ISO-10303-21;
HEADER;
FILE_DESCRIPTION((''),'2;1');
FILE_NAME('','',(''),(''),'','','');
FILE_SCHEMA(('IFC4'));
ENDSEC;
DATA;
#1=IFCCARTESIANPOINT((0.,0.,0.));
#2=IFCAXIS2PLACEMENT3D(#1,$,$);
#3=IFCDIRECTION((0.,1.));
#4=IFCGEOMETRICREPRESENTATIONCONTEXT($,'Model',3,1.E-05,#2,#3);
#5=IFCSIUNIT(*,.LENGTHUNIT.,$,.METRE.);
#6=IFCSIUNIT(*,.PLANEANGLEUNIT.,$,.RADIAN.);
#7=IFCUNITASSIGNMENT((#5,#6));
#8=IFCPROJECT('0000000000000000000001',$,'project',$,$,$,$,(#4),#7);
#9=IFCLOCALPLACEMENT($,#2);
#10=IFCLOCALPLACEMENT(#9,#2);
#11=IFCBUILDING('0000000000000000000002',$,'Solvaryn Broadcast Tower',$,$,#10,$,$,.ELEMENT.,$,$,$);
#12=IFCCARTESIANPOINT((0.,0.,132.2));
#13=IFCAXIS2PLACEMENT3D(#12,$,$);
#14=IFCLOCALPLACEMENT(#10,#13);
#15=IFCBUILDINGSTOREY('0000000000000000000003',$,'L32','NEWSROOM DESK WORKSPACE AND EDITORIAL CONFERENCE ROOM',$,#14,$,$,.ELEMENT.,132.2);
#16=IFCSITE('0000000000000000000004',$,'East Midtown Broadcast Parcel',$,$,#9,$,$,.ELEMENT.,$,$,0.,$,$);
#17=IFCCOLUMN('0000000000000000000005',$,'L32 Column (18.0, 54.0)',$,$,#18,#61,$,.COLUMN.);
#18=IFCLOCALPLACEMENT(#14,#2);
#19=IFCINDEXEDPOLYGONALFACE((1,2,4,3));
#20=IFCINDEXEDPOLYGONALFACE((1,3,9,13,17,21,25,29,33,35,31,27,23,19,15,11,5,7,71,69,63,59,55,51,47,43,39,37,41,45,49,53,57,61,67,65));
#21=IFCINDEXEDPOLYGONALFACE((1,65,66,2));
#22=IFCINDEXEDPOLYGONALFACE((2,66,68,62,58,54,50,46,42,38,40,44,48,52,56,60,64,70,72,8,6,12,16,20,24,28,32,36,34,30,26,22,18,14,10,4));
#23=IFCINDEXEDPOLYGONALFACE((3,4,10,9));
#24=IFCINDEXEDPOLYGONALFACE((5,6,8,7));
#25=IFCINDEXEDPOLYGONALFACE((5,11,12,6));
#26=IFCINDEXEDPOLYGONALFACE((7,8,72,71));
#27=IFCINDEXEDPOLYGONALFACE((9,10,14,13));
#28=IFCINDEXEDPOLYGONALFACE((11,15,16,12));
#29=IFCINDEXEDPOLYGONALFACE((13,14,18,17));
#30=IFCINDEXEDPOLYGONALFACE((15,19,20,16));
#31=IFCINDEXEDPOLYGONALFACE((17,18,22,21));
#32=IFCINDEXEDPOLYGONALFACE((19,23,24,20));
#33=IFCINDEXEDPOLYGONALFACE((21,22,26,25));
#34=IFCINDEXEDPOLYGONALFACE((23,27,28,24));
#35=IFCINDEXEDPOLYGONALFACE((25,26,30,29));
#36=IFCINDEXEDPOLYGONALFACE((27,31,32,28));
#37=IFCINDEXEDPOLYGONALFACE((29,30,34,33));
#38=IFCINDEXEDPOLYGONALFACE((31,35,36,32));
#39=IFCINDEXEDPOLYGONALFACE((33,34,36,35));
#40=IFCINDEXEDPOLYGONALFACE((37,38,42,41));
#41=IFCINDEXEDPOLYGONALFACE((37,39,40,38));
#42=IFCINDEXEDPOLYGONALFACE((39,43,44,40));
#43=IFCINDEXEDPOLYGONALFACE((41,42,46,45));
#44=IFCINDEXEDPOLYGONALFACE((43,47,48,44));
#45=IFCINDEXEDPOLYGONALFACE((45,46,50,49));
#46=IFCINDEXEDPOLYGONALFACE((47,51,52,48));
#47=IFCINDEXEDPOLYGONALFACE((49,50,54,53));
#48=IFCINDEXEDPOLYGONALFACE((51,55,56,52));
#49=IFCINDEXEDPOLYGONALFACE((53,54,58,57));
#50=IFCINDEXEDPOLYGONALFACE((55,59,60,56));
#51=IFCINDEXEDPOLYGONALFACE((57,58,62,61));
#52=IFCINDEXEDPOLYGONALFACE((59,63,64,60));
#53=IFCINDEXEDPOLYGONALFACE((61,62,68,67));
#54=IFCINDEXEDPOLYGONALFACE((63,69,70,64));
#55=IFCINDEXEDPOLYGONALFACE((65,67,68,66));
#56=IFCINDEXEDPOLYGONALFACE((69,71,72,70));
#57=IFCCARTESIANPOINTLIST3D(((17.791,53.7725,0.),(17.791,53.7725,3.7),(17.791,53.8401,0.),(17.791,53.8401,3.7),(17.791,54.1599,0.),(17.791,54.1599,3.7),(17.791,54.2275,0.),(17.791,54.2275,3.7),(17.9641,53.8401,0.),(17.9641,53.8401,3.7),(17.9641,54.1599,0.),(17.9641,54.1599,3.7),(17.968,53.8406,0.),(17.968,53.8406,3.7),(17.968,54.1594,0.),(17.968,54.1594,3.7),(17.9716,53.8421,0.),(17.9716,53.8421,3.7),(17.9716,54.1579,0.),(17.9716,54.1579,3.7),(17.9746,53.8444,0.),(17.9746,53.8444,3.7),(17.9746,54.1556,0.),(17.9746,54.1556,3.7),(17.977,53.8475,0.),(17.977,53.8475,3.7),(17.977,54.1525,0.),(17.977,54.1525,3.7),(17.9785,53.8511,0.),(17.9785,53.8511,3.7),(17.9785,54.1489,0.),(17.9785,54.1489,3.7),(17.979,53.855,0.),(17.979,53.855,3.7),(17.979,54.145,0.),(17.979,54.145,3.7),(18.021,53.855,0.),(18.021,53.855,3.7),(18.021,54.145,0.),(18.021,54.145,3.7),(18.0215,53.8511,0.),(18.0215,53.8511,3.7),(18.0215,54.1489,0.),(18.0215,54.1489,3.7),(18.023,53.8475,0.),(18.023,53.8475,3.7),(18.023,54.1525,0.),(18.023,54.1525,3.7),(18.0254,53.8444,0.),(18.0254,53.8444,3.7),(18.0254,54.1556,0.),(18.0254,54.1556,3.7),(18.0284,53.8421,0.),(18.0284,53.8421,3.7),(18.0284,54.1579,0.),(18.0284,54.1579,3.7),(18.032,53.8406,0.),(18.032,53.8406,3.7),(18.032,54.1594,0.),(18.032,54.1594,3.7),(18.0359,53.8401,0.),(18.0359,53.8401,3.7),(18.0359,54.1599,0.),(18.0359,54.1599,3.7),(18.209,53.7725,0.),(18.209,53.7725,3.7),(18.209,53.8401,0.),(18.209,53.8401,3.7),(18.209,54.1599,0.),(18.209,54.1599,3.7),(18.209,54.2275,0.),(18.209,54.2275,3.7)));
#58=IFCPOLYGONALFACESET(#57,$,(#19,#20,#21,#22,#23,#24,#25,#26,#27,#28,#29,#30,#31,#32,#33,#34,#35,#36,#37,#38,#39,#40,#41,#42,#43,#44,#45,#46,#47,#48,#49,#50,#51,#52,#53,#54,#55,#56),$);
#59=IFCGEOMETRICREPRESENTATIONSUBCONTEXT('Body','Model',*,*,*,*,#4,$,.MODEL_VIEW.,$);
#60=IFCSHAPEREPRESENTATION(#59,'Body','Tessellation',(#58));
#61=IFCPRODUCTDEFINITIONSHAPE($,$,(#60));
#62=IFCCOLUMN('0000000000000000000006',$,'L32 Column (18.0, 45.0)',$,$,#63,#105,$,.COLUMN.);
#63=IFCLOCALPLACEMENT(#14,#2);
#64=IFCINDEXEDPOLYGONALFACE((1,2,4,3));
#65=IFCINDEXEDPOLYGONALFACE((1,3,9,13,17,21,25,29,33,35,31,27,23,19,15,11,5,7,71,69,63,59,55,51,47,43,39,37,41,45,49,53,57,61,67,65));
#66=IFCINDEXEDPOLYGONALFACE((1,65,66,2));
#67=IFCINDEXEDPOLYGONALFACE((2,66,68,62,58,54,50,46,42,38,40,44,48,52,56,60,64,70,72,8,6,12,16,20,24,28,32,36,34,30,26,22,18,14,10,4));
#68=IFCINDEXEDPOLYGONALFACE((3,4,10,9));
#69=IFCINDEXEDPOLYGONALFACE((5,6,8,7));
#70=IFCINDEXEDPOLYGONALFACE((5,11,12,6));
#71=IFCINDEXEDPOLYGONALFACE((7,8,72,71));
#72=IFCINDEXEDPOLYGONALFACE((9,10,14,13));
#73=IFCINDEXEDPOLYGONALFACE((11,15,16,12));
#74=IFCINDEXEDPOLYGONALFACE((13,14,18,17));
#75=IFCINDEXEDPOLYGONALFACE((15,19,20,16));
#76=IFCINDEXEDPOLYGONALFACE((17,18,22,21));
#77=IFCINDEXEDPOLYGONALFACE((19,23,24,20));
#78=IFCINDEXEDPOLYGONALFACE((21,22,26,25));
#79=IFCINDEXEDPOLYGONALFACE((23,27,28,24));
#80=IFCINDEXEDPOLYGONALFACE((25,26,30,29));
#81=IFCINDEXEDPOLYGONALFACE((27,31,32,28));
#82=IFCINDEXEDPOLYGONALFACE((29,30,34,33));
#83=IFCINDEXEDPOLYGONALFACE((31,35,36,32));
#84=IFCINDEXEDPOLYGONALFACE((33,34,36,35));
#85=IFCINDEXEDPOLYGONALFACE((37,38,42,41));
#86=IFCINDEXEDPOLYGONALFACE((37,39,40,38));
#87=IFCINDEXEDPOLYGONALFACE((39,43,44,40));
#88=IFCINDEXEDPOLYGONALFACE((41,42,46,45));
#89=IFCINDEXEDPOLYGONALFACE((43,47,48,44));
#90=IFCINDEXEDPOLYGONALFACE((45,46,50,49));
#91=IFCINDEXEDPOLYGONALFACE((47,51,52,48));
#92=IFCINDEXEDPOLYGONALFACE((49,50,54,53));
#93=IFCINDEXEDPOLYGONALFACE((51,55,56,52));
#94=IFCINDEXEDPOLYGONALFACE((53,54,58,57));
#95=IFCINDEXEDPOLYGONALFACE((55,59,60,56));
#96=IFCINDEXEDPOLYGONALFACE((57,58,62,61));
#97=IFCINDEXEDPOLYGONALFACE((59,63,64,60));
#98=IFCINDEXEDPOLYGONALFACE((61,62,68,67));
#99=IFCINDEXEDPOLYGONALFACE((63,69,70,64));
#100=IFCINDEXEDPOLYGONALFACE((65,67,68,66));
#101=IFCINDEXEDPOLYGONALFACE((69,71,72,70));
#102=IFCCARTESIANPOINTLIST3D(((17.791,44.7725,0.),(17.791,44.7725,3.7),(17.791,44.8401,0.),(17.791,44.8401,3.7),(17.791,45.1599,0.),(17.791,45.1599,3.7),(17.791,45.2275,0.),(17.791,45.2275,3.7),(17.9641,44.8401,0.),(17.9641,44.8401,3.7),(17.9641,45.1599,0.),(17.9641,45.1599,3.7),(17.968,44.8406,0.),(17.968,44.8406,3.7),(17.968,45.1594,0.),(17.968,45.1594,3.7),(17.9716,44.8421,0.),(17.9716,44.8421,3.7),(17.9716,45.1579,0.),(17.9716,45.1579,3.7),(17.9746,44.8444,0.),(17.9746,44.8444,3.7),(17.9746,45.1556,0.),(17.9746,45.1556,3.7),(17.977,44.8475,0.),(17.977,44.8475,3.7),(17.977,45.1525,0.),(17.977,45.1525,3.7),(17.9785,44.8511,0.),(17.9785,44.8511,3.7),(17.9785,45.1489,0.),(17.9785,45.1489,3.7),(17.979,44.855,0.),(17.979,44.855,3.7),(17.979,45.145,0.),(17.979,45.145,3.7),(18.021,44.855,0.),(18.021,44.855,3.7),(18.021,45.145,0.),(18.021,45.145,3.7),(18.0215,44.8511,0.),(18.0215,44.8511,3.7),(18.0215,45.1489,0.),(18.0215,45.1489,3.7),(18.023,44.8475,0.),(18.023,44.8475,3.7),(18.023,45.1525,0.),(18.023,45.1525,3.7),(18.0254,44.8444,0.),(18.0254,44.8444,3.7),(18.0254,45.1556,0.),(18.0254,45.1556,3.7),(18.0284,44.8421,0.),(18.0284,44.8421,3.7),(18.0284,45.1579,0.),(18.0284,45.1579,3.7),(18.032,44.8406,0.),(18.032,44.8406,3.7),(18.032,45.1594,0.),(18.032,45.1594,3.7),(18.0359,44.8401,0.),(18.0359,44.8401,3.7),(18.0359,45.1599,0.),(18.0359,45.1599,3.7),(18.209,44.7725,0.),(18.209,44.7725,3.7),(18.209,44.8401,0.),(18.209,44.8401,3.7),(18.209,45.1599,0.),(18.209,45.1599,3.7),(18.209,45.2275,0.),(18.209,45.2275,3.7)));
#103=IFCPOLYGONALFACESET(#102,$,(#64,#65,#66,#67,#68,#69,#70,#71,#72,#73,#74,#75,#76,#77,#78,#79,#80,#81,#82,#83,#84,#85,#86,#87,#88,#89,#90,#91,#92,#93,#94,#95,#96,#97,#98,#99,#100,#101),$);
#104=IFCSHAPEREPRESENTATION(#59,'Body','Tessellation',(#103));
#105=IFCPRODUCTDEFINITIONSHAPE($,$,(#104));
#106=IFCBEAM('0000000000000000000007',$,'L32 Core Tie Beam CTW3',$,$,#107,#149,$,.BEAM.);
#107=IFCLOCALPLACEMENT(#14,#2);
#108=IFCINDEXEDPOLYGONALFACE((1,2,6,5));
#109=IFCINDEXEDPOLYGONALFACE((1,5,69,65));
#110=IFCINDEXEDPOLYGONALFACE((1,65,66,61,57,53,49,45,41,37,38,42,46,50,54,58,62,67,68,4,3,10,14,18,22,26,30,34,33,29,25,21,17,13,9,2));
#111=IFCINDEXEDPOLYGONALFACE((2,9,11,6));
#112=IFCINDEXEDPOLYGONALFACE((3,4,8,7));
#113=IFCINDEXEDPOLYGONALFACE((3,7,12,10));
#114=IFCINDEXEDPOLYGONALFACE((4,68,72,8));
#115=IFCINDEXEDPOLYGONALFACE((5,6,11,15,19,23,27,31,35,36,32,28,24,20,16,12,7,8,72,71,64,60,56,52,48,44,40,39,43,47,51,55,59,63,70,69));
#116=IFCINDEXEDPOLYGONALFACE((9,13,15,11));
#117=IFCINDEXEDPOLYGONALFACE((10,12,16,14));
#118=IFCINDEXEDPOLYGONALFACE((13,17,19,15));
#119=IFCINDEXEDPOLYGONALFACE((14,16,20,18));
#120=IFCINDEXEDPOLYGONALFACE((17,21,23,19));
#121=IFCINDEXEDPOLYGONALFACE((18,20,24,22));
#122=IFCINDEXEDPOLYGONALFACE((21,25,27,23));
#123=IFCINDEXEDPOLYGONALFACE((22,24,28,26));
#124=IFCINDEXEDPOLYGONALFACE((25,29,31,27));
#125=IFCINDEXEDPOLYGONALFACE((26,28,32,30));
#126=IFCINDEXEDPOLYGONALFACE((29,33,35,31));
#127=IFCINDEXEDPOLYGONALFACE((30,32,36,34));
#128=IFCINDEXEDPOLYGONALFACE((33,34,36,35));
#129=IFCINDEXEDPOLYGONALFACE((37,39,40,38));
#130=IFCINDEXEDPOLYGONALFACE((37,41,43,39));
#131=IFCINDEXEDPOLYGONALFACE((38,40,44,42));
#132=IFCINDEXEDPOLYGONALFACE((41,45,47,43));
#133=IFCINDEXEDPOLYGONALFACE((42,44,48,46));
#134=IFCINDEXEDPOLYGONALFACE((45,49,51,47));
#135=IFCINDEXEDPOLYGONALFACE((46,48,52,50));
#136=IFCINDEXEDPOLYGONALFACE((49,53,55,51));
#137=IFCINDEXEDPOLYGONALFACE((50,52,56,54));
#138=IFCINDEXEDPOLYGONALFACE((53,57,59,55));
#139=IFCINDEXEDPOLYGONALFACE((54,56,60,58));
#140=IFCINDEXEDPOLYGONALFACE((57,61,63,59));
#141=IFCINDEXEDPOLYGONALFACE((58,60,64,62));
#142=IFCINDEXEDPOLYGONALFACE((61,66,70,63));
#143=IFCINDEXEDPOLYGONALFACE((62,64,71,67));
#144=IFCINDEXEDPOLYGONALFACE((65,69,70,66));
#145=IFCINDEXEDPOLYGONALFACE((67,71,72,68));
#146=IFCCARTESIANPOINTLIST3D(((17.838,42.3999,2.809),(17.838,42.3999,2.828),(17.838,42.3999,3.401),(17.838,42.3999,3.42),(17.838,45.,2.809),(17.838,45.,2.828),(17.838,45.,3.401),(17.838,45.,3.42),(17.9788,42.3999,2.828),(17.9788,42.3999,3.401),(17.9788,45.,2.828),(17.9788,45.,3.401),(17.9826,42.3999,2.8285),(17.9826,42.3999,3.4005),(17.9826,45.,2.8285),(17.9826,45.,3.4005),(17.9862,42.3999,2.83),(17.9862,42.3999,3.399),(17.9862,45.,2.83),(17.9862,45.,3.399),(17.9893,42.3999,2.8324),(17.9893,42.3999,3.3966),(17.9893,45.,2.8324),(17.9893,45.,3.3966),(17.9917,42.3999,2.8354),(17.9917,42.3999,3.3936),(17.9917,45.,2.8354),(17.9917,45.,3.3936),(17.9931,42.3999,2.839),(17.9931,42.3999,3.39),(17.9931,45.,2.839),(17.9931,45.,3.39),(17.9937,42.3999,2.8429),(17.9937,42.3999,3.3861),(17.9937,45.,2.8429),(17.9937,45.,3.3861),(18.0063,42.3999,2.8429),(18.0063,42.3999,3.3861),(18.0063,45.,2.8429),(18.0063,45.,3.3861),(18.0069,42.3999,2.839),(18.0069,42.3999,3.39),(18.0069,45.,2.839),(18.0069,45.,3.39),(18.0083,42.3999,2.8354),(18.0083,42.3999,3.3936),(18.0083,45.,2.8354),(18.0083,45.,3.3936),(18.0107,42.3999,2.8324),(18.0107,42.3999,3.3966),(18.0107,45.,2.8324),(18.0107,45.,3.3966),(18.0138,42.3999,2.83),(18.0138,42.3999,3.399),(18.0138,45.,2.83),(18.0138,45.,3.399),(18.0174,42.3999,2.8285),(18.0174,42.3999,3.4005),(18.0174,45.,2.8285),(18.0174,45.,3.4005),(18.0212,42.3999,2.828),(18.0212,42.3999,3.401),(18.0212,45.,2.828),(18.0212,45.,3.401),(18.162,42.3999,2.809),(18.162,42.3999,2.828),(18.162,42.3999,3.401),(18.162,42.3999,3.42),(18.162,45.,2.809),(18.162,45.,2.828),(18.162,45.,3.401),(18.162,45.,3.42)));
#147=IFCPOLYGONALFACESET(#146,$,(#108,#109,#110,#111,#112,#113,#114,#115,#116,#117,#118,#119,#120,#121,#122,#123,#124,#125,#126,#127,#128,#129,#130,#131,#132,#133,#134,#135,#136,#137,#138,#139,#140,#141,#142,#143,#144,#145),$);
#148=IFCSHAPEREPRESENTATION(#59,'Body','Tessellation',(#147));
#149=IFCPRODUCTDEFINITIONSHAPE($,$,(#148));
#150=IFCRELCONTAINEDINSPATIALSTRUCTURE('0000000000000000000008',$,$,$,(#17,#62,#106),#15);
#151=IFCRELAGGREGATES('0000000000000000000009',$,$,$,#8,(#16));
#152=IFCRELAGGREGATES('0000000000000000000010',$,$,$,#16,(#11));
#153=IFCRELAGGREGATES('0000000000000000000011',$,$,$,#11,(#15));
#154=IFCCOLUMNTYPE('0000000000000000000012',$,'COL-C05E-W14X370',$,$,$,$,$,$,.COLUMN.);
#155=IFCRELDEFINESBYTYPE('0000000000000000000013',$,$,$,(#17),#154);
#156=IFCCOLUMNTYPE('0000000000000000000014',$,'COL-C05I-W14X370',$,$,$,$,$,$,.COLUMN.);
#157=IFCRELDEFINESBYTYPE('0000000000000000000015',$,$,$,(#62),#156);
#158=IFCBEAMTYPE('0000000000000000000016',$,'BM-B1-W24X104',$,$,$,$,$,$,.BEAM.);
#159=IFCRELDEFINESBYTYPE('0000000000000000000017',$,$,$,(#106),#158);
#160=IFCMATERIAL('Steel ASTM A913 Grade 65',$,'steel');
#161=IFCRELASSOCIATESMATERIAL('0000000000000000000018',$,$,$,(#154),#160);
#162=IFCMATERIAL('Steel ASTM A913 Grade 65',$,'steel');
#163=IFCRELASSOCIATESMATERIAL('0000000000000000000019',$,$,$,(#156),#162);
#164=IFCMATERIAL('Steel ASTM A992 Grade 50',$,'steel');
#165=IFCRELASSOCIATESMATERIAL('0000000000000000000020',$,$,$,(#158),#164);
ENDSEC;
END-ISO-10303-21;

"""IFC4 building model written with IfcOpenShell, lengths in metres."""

from ifc_helpers import new_model, si_unit, direction, frame, origin, origin_2d, place, context, subcontext, project, spatial, i_section, extrude, material, material_profile, profile_set, type_object, element, save


model = new_model("IFC4")

# Units and contexts
model_context = context("Model", 3, precision=1e-05, world=origin(), true_north=direction((0.0, 1.0)))
body_context = subcontext(model_context, "Body", "Model", "MODEL_VIEW")
ifc_project = project(units=[si_unit("LENGTHUNIT", "METRE"), si_unit("PLANEANGLEUNIT", "RADIAN")], contexts=[model_context])

# Site, building, storey
site_placement = place(None, origin())
site = spatial("IfcSite", under=ifc_project, at=site_placement, Name="East Midtown Broadcast Parcel", CompositionType="ELEMENT", RefElevation=0.0)
building_placement = place(site_placement, origin())
building = spatial("IfcBuilding", under=site, at=building_placement, Name="Solvaryn Broadcast Tower", CompositionType="ELEMENT")
storey_placement = place(building_placement, frame((0.0, 0.0, 132.2)))
storey = spatial("IfcBuildingStorey", under=building, at=storey_placement, Name="L32", Description="NEWSROOM DESK WORKSPACE AND EDITORIAL CONFERENCE ROOM", CompositionType="ELEMENT", Elevation=132.2)

# Columns
ifc_material_1 = material(Name="Steel ASTM A913 Grade 65", Category="steel")
ifc_material_profile_1 = material_profile(ifc_material_1, i_section(OverallWidth=0.418, OverallDepth=0.4551, WebThickness=0.042, FlangeThickness=0.0676, FilletRadius=0.0149, at=origin_2d()))
ifc_profile_set_1 = profile_set([ifc_material_profile_1], Name="Steel ASTM A913 Grade 65")
column_type_1 = type_object("IfcColumnType", Name="COL-C05E-W14X370", PredefinedType="COLUMN", material=ifc_profile_set_1)
column_1_placement = place(storey_placement, frame((18.0, 54.0, 0.0), z_axis=(0.0, 0.0, 1.0), x_axis=(1.0, 0.0, 0.0)))
element("IfcColumn", 1, at=column_1_placement, inside=storey, type_object=column_type_1, Name="L32 Column (18.0, 54.0)", PredefinedType="COLUMN", context=body_context, shape_type="SweptSolid", body=[
    extrude(i_section(OverallWidth=0.418, OverallDepth=0.4551, WebThickness=0.042, FlangeThickness=0.0676, FilletRadius=0.0149, at=origin_2d()), origin(), (0.0, 0.0, 1.0), 3.7),
])
ifc_material_2 = material(Name="Steel ASTM A913 Grade 65", Category="steel")
ifc_material_profile_2 = material_profile(ifc_material_2, i_section(OverallWidth=0.418, OverallDepth=0.4551, WebThickness=0.042, FlangeThickness=0.0676, FilletRadius=0.0149, at=origin_2d()))
ifc_profile_set_2 = profile_set([ifc_material_profile_2], Name="Steel ASTM A913 Grade 65")
column_type_2 = type_object("IfcColumnType", Name="COL-C05I-W14X370", PredefinedType="COLUMN", material=ifc_profile_set_2)
column_2_placement = place(storey_placement, frame((18.0, 45.0, 0.0), z_axis=(0.0, 0.0, 1.0), x_axis=(1.0, 0.0, 0.0)))
element("IfcColumn", 2, at=column_2_placement, inside=storey, type_object=column_type_2, Name="L32 Column (18.0, 45.0)", PredefinedType="COLUMN", context=body_context, shape_type="SweptSolid", body=[
    extrude(i_section(OverallWidth=0.418, OverallDepth=0.4551, WebThickness=0.042, FlangeThickness=0.0676, FilletRadius=0.0149, at=origin_2d()), origin(), (0.0, 0.0, 1.0), 3.7),
])

# Beam
ifc_material_3 = material(Name="Steel ASTM A992 Grade 50", Category="steel")
ifc_material_profile_3 = material_profile(ifc_material_3, i_section(OverallWidth=0.324, OverallDepth=0.6111, WebThickness=0.0127, FlangeThickness=0.019, FilletRadius=0.0149, at=origin_2d()))
ifc_profile_set_3 = profile_set([ifc_material_profile_3], Name="Steel ASTM A992 Grade 50")
beam_type_1 = type_object("IfcBeamType", Name="BM-B1-W24X104", PredefinedType="BEAM", material=ifc_profile_set_3)
beam_1_placement = place(storey_placement, frame((18.0, 42.3999, 3.1145), z_axis=(0.0, 1.0, 0.0), x_axis=(-1.0, 0.0, 0.0)))
element("IfcBeam", 3, at=beam_1_placement, inside=storey, type_object=beam_type_1, Name="L32 Core Tie Beam CTW3", PredefinedType="BEAM", context=body_context, shape_type="SweptSolid", body=[
    extrude(i_section(OverallWidth=0.324, OverallDepth=0.6111, WebThickness=0.0127, FlangeThickness=0.019, FilletRadius=0.0149, at=origin_2d()), origin(), (0.0, 0.0, 1.0), 2.6001),
])

save(model, "model.ifc")
